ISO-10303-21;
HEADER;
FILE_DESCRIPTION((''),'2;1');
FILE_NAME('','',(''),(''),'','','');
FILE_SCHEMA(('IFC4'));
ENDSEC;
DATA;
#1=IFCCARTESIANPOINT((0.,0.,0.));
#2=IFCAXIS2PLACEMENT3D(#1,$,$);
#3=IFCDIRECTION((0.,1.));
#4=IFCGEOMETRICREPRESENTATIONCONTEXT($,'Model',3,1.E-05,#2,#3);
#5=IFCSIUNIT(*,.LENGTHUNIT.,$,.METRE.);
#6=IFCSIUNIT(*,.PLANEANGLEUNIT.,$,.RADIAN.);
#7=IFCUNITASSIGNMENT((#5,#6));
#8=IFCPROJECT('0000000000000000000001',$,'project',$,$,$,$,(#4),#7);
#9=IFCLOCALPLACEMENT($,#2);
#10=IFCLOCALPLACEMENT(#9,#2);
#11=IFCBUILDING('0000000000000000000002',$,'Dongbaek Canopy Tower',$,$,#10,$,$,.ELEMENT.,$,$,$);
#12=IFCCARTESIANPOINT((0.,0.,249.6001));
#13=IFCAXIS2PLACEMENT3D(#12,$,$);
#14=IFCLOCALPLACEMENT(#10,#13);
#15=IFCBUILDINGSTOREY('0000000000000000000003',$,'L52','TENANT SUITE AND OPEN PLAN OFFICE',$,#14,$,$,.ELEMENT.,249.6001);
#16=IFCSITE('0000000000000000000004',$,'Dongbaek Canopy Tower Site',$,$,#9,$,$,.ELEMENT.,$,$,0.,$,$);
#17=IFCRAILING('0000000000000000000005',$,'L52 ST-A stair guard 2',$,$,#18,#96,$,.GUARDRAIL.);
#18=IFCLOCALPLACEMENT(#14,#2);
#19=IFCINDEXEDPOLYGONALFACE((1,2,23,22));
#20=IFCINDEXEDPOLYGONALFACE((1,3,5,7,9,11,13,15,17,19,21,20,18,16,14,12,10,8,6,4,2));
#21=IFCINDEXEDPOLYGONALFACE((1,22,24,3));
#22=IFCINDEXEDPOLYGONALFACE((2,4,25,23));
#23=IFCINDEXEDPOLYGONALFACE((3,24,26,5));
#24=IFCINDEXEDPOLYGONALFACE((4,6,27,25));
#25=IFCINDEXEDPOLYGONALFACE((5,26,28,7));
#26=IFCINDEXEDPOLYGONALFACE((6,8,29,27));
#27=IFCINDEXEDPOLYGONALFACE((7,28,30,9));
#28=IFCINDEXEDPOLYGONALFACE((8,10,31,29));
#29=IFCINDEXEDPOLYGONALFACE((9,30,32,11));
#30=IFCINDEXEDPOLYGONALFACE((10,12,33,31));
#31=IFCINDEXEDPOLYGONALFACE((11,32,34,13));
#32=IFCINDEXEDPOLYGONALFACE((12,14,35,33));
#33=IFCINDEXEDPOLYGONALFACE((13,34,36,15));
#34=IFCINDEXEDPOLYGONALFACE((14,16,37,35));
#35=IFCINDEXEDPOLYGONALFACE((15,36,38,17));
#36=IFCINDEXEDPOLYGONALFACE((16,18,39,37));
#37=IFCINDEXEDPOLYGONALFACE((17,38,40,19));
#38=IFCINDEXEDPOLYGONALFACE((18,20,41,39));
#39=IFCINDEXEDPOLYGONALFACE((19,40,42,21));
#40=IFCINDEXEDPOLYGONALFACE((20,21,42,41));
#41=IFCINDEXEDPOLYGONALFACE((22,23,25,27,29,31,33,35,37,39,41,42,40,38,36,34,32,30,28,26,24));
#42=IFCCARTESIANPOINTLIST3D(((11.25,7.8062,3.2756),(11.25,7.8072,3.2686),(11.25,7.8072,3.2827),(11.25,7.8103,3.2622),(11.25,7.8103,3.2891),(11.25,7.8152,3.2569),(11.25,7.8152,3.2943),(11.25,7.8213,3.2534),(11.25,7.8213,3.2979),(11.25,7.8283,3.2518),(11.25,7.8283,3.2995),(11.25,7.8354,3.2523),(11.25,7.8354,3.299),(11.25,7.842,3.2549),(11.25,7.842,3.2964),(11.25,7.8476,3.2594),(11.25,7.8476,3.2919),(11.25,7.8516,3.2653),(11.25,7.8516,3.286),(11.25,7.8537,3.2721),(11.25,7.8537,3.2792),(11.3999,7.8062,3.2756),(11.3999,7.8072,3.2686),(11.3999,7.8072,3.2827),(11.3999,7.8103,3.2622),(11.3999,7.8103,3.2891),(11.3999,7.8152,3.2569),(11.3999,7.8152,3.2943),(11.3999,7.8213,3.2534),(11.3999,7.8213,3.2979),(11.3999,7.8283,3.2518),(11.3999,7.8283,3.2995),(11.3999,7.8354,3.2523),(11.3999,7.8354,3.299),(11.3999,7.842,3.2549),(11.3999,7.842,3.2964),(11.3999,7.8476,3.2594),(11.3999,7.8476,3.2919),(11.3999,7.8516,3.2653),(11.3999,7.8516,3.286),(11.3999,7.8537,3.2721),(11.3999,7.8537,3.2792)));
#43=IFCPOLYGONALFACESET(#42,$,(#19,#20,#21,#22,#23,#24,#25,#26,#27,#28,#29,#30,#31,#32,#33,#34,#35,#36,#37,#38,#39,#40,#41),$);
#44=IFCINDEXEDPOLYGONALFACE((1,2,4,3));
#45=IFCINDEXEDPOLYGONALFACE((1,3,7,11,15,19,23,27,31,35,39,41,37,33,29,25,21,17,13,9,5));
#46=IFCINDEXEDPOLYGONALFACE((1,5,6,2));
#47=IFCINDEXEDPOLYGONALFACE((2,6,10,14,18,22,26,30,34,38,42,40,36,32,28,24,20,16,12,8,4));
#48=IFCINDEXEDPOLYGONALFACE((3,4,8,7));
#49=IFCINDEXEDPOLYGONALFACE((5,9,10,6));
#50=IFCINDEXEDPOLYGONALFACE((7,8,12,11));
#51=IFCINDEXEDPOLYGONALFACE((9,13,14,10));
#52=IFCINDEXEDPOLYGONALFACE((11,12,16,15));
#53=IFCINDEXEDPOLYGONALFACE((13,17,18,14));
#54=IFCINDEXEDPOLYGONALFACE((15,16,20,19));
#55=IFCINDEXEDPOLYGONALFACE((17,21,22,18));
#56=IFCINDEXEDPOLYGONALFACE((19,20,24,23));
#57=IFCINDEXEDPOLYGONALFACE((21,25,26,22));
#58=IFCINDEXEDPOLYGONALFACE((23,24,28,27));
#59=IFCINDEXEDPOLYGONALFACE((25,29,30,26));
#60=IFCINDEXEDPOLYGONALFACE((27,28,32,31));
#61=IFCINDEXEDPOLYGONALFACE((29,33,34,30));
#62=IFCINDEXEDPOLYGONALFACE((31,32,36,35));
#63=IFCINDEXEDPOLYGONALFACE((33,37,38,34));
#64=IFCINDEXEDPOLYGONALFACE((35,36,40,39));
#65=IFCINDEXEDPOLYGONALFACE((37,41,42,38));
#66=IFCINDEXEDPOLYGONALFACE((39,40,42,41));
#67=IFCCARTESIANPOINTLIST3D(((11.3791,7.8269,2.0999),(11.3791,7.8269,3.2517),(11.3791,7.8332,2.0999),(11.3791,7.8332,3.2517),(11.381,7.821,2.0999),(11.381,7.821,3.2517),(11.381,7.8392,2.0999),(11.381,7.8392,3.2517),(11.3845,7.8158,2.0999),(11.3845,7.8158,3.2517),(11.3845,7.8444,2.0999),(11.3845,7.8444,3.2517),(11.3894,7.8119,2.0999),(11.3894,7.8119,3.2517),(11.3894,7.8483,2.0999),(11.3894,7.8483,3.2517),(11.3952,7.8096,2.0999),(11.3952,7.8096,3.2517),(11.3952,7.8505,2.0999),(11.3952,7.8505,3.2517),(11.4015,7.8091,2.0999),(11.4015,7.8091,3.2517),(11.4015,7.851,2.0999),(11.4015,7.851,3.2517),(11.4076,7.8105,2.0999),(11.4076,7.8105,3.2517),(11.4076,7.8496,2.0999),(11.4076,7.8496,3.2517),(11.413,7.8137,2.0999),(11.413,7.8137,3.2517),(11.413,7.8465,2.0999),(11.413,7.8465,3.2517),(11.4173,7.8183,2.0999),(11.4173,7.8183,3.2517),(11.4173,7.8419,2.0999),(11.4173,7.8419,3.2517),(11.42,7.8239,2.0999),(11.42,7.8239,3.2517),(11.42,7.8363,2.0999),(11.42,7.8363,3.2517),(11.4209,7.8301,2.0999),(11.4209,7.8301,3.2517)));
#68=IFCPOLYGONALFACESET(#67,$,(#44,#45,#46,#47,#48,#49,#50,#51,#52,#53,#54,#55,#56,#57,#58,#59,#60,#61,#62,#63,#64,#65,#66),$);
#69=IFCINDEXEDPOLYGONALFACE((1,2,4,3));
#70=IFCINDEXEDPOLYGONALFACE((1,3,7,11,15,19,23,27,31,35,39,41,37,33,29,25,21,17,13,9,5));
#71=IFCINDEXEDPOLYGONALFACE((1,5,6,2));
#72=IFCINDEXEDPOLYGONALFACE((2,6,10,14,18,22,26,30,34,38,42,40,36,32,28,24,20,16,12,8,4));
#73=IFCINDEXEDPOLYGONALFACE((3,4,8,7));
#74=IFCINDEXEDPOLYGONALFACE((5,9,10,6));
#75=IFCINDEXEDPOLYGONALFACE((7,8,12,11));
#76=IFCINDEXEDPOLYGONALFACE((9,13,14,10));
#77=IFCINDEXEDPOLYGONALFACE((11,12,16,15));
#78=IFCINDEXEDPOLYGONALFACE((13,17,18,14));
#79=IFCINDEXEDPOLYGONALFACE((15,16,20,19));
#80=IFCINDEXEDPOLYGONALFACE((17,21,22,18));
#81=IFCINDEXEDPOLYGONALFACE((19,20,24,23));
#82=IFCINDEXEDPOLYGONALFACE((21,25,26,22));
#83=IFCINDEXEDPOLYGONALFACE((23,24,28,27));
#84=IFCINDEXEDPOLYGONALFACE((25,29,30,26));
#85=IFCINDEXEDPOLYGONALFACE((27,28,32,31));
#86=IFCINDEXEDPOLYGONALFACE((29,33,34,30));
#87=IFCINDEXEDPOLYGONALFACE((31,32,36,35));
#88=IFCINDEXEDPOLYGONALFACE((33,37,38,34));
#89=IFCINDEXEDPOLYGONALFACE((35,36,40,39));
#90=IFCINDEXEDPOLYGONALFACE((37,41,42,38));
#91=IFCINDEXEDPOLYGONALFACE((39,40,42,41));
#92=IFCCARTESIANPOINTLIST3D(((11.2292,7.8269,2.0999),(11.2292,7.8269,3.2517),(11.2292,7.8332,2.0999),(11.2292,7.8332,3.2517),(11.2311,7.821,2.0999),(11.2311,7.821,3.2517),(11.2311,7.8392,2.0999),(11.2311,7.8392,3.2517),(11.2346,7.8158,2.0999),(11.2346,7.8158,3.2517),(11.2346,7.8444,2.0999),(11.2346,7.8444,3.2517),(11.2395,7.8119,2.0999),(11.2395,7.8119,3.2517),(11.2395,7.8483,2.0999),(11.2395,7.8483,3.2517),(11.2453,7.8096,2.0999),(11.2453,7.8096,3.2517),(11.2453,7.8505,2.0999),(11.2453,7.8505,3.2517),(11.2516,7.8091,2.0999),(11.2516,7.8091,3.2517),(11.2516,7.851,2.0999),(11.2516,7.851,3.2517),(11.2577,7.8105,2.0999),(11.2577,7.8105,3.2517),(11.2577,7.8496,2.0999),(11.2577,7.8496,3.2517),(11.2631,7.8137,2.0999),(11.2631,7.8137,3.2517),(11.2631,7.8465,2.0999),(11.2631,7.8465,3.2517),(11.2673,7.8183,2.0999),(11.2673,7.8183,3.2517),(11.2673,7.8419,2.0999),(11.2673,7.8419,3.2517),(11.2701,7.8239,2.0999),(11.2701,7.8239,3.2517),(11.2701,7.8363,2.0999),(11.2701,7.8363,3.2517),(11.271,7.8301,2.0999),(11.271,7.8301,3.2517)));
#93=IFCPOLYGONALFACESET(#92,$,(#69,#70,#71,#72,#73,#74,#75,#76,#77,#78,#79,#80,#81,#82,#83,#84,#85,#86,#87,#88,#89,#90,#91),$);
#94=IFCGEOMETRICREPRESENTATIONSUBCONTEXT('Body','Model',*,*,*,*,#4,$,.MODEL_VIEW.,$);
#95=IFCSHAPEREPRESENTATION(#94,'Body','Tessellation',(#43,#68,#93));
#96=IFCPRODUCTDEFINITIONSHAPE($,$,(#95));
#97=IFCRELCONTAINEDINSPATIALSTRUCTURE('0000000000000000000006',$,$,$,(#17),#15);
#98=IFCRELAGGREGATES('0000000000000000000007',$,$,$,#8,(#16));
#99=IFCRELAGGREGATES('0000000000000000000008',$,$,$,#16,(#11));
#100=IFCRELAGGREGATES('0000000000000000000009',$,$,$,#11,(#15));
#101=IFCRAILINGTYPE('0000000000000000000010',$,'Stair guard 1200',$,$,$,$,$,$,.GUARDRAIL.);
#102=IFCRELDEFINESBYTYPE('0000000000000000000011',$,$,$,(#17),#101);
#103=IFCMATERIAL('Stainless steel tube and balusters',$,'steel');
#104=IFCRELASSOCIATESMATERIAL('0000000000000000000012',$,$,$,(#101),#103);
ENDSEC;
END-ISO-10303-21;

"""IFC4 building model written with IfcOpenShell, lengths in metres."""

from ifc_helpers import new_model, si_unit, direction, frame, origin, origin_2d, place, context, subcontext, project, spatial, circle, extrude, material, type_object, element, save


model = new_model("IFC4")

# Units and contexts
model_context = context("Model", 3, precision=1e-05, world=origin(), true_north=direction((0.0, 1.0)))
body_context = subcontext(model_context, "Body", "Model", "MODEL_VIEW")
ifc_project = project(units=[si_unit("LENGTHUNIT", "METRE"), si_unit("PLANEANGLEUNIT", "RADIAN")], contexts=[model_context])

# Site, building, storey
site_placement = place(None, origin())
site = spatial("IfcSite", under=ifc_project, at=site_placement, Name="Dongbaek Canopy Tower Site", CompositionType="ELEMENT", RefElevation=0.0)
building_placement = place(site_placement, origin())
building = spatial("IfcBuilding", under=site, at=building_placement, Name="Dongbaek Canopy Tower", CompositionType="ELEMENT")
storey_placement = place(building_placement, frame((0.0, 0.0, 249.6001)))
storey = spatial("IfcBuildingStorey", under=building, at=storey_placement, Name="L52", Description="TENANT SUITE AND OPEN PLAN OFFICE", CompositionType="ELEMENT", Elevation=249.6001)

# Railing
ifc_material_1 = material(Name="Stainless steel tube and balusters", Category="steel")
railing_type_1 = type_object("IfcRailingType", Name="Stair guard 1200", PredefinedType="GUARDRAIL", material=ifc_material_1)
railing_1_placement = place(storey_placement, frame((11.3999, 7.8301, 2.0999)))
element("IfcRailing", 1, at=railing_1_placement, inside=storey, type_object=railing_type_1, Name="L52 ST-A stair guard 2", PredefinedType="GUARDRAIL", context=body_context, shape_type="SweptSolid", body=[
    extrude(circle(Radius=0.0239, at=origin_2d()), frame((0.0, 0.0, 1.1758), z_axis=(-1.0, 0.0, 0.0), x_axis=(0.0, -1.0, 0.0)), (0.0, 0.0, 1.0), 0.1499),
    extrude(circle(Radius=0.021, at=origin_2d()), origin(), (0.0, 0.0, 1.0), 1.1519),
    extrude(circle(Radius=0.021, at=origin_2d()), frame((-0.1499, 0.0, 0.0)), (0.0, 0.0, 1.0), 1.1519),
])

save(model, "model.ifc")
